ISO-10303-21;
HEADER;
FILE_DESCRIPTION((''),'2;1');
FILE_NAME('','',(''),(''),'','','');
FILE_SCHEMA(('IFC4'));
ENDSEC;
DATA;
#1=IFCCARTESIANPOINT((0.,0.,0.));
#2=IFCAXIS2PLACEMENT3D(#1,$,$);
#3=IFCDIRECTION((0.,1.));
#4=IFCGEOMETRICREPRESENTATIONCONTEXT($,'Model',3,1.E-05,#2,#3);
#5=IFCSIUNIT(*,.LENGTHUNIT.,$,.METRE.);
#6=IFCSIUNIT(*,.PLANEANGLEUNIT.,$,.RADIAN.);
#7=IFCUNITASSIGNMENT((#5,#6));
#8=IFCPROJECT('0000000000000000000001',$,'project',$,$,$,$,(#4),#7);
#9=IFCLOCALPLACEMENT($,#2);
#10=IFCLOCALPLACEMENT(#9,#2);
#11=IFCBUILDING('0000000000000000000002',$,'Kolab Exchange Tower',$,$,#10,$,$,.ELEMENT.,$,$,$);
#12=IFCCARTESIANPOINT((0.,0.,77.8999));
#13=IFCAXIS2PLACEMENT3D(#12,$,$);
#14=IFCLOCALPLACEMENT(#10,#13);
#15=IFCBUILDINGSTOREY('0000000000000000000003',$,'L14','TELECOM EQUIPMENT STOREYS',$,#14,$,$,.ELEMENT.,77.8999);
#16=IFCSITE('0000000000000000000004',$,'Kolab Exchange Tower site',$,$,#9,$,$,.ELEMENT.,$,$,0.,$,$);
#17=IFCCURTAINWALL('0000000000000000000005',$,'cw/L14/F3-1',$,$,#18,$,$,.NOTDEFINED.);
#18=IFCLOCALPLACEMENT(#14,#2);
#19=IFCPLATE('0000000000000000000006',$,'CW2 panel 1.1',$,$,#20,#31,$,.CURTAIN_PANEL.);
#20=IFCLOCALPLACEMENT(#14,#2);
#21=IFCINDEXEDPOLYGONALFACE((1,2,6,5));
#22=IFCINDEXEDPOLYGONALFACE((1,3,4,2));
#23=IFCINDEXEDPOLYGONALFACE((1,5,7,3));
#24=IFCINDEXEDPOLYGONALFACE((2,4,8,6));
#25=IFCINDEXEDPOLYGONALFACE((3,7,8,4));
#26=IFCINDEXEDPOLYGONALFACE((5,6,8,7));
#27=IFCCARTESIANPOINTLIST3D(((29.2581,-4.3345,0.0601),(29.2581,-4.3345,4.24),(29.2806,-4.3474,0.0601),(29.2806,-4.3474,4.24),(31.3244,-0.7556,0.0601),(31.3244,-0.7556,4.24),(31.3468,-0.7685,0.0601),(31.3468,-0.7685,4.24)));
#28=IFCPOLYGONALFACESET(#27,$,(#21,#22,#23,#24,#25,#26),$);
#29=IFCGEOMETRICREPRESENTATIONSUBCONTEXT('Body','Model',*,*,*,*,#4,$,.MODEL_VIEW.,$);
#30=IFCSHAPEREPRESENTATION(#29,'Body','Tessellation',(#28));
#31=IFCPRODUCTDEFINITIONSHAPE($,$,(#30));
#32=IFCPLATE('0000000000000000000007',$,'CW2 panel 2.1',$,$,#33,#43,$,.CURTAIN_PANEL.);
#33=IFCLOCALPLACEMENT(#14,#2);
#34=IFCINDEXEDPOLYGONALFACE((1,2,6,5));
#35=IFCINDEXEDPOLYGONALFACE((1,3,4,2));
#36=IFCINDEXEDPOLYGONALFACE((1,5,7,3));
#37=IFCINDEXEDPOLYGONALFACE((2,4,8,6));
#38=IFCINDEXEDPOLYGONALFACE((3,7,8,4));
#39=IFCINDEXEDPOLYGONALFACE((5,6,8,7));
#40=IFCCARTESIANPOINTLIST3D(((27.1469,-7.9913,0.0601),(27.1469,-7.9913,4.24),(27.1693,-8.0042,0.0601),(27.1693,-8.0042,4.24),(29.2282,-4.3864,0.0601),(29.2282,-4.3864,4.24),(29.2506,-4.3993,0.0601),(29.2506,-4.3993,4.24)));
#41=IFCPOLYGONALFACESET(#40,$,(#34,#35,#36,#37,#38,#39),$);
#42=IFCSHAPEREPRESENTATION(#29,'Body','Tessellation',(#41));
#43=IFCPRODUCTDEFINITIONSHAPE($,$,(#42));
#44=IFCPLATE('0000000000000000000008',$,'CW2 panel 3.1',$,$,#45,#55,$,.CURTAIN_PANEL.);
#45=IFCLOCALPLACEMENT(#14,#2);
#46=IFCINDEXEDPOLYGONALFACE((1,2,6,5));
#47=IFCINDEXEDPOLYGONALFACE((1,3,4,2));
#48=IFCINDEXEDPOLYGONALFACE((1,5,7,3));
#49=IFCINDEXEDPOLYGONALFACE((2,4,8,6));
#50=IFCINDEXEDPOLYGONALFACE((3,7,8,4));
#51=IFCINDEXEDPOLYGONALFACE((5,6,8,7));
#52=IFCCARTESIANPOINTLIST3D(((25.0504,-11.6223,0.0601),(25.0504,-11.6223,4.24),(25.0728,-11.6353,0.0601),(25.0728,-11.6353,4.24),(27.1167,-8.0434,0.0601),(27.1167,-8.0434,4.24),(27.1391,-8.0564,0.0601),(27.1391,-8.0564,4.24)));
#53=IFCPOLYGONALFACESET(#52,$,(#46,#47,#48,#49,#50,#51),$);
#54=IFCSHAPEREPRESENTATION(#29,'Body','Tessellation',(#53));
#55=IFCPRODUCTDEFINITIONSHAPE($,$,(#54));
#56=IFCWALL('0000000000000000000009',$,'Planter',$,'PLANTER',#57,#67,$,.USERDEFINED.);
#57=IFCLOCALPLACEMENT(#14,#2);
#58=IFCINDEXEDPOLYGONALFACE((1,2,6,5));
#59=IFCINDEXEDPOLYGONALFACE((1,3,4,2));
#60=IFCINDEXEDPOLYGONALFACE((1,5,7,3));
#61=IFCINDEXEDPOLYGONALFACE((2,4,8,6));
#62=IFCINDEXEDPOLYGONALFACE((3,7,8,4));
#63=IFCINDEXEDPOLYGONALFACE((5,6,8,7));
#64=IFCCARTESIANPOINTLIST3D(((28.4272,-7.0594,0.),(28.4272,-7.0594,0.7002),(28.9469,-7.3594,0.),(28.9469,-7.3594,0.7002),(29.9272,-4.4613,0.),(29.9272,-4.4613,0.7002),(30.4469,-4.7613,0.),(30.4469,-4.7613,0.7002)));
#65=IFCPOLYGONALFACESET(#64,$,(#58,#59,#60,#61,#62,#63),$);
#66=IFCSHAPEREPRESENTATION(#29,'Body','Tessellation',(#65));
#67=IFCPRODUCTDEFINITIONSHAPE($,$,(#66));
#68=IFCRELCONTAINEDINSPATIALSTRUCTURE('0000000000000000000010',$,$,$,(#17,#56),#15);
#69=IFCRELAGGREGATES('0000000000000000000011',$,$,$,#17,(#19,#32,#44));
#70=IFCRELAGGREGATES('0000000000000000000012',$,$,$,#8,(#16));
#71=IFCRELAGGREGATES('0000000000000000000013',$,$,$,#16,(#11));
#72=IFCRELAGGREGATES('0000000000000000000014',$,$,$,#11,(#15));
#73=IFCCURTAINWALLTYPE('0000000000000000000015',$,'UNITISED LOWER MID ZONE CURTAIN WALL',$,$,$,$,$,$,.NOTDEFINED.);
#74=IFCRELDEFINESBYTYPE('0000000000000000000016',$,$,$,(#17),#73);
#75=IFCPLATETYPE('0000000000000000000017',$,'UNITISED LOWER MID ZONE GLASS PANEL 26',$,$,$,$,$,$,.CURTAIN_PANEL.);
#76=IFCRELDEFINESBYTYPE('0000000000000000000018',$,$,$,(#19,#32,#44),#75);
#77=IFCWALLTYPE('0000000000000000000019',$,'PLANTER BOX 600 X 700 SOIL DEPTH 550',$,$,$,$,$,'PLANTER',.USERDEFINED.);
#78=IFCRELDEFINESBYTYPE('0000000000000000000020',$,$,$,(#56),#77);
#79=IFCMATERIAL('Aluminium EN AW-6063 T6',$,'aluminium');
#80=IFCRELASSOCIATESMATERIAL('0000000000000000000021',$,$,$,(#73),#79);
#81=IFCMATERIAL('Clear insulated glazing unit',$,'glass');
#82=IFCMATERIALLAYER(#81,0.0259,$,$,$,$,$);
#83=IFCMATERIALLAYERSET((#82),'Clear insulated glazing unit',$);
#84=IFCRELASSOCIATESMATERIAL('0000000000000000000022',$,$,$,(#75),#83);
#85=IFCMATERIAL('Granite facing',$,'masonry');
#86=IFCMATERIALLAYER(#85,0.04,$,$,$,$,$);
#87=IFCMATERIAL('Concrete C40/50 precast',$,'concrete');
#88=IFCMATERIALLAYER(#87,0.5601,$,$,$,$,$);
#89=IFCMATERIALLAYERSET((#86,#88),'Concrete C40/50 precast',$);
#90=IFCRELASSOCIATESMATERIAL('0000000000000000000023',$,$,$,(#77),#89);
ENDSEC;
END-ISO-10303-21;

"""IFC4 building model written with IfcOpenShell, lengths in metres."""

from ifc_helpers import new_model, si_unit, direction, frame, frame_2d, origin, origin_2d, place, context, subcontext, project, spatial, rectangle, extrude, material, layer, layer_set, type_object, element, aggregate, save


model = new_model("IFC4")

# Units and contexts
model_context = context("Model", 3, precision=1e-05, world=origin(), true_north=direction((0.0, 1.0)))
body_context = subcontext(model_context, "Body", "Model", "MODEL_VIEW")
ifc_project = project(units=[si_unit("LENGTHUNIT", "METRE"), si_unit("PLANEANGLEUNIT", "RADIAN")], contexts=[model_context])

# Site, building, storey
site_placement = place(None, origin())
site = spatial("IfcSite", under=ifc_project, at=site_placement, Name="Kolab Exchange Tower site", CompositionType="ELEMENT", RefElevation=0.0)
building_placement = place(site_placement, origin())
building = spatial("IfcBuilding", under=site, at=building_placement, Name="Kolab Exchange Tower", CompositionType="ELEMENT")
storey_placement = place(building_placement, frame((0.0, 0.0, 77.8999)))
storey = spatial("IfcBuildingStorey", under=building, at=storey_placement, Name="L14", Description="TELECOM EQUIPMENT STOREYS", CompositionType="ELEMENT", Elevation=77.8999)

# Curtain wall
ifc_material_1 = material(Name="Aluminium EN AW-6063 T6", Category="aluminium")
curtain_wall_type = type_object("IfcCurtainWallType", Name="UNITISED LOWER MID ZONE CURTAIN WALL", PredefinedType="NOTDEFINED", material=ifc_material_1)
curtain_wall_1_placement = place(storey_placement, origin())
curtain_wall_1 = element("IfcCurtainWall", 1, at=curtain_wall_1_placement, inside=storey, type_object=curtain_wall_type, Name="cw/L14/F3-1", PredefinedType="NOTDEFINED")

# Plates
ifc_material_2 = material(Name="Clear insulated glazing unit", Category="glass")
ifc_layer_1 = layer(ifc_material_2, 0.0259)
ifc_layer_set_1 = layer_set([ifc_layer_1], Name="Clear insulated glazing unit")
plate_type = type_object("IfcPlateType", Name="UNITISED LOWER MID ZONE GLASS PANEL 26", PredefinedType="CURTAIN_PANEL", material=ifc_layer_set_1)
plate_1_placement = place(storey_placement, frame((30.3025, -2.5515, 0.0601), z_axis=(0.0, 0.0, 1.0), x_axis=(-0.5, -0.866025, 0.0)))
plate_1 = element("IfcPlate", 2, at=plate_1_placement, type_object=plate_type, Name="CW2 panel 1.1", PredefinedType="CURTAIN_PANEL", context=body_context, shape_type="SweptSolid", body=[
    extrude(rectangle(XDim=4.1326, YDim=0.0259, at=origin_2d()), origin(), (0.0, 0.0, 1.0), 4.1799),
])
plate_2_placement = place(storey_placement, frame((28.1987, -6.1953, 0.0601), z_axis=(0.0, 0.0, 1.0), x_axis=(-0.5, -0.866025, 0.0)))
plate_2 = element("IfcPlate", 3, at=plate_2_placement, type_object=plate_type, Name="CW2 panel 2.1", PredefinedType="CURTAIN_PANEL", context=body_context, shape_type="SweptSolid", body=[
    extrude(rectangle(XDim=4.1626, YDim=0.0259, at=origin_2d()), origin(), (0.0, 0.0, 1.0), 4.1799),
])
plate_3_placement = place(storey_placement, frame((26.0947, -9.8394, 0.0601), z_axis=(0.0, 0.0, 1.0), x_axis=(-0.5, -0.866025, 0.0)))
plate_3 = element("IfcPlate", 4, at=plate_3_placement, type_object=plate_type, Name="CW2 panel 3.1", PredefinedType="CURTAIN_PANEL", context=body_context, shape_type="SweptSolid", body=[
    extrude(rectangle(XDim=4.1326, YDim=0.0259, at=origin_2d()), origin(), (0.0, 0.0, 1.0), 4.1799),
])
aggregate(curtain_wall_1, [plate_1, plate_2, plate_3])

# Wall
ifc_material_3 = material(Name="Granite facing", Category="masonry")
ifc_layer_2 = layer(ifc_material_3, 0.04)
ifc_material_4 = material(Name="Concrete C40/50 precast", Category="concrete")
ifc_layer_3 = layer(ifc_material_4, 0.5601)
ifc_layer_set_2 = layer_set([ifc_layer_2, ifc_layer_3], Name="Concrete C40/50 precast")
wall_type_1 = type_object("IfcWallType", Name="PLANTER BOX 600 X 700 SOIL DEPTH 550", ElementType="PLANTER", PredefinedType="USERDEFINED", material=ifc_layer_set_2)
wall_1_placement = place(storey_placement, frame((30.187, -4.6113, 0.0), z_axis=(0.0, 0.0, 1.0), x_axis=(-0.49999, -0.866031, 0.0)))
element("IfcWall", 5, at=wall_1_placement, inside=storey, type_object=wall_type_1, Name="Planter", ObjectType="PLANTER", PredefinedType="USERDEFINED", context=body_context, shape_type="SweptSolid", body=[
    extrude(rectangle(XDim=3.0, YDim=0.6001, at=frame_2d((1.5, 0.0))), origin(), (0.0, 0.0, 1.0), 0.7002),
])

save(model, "model.ifc")
